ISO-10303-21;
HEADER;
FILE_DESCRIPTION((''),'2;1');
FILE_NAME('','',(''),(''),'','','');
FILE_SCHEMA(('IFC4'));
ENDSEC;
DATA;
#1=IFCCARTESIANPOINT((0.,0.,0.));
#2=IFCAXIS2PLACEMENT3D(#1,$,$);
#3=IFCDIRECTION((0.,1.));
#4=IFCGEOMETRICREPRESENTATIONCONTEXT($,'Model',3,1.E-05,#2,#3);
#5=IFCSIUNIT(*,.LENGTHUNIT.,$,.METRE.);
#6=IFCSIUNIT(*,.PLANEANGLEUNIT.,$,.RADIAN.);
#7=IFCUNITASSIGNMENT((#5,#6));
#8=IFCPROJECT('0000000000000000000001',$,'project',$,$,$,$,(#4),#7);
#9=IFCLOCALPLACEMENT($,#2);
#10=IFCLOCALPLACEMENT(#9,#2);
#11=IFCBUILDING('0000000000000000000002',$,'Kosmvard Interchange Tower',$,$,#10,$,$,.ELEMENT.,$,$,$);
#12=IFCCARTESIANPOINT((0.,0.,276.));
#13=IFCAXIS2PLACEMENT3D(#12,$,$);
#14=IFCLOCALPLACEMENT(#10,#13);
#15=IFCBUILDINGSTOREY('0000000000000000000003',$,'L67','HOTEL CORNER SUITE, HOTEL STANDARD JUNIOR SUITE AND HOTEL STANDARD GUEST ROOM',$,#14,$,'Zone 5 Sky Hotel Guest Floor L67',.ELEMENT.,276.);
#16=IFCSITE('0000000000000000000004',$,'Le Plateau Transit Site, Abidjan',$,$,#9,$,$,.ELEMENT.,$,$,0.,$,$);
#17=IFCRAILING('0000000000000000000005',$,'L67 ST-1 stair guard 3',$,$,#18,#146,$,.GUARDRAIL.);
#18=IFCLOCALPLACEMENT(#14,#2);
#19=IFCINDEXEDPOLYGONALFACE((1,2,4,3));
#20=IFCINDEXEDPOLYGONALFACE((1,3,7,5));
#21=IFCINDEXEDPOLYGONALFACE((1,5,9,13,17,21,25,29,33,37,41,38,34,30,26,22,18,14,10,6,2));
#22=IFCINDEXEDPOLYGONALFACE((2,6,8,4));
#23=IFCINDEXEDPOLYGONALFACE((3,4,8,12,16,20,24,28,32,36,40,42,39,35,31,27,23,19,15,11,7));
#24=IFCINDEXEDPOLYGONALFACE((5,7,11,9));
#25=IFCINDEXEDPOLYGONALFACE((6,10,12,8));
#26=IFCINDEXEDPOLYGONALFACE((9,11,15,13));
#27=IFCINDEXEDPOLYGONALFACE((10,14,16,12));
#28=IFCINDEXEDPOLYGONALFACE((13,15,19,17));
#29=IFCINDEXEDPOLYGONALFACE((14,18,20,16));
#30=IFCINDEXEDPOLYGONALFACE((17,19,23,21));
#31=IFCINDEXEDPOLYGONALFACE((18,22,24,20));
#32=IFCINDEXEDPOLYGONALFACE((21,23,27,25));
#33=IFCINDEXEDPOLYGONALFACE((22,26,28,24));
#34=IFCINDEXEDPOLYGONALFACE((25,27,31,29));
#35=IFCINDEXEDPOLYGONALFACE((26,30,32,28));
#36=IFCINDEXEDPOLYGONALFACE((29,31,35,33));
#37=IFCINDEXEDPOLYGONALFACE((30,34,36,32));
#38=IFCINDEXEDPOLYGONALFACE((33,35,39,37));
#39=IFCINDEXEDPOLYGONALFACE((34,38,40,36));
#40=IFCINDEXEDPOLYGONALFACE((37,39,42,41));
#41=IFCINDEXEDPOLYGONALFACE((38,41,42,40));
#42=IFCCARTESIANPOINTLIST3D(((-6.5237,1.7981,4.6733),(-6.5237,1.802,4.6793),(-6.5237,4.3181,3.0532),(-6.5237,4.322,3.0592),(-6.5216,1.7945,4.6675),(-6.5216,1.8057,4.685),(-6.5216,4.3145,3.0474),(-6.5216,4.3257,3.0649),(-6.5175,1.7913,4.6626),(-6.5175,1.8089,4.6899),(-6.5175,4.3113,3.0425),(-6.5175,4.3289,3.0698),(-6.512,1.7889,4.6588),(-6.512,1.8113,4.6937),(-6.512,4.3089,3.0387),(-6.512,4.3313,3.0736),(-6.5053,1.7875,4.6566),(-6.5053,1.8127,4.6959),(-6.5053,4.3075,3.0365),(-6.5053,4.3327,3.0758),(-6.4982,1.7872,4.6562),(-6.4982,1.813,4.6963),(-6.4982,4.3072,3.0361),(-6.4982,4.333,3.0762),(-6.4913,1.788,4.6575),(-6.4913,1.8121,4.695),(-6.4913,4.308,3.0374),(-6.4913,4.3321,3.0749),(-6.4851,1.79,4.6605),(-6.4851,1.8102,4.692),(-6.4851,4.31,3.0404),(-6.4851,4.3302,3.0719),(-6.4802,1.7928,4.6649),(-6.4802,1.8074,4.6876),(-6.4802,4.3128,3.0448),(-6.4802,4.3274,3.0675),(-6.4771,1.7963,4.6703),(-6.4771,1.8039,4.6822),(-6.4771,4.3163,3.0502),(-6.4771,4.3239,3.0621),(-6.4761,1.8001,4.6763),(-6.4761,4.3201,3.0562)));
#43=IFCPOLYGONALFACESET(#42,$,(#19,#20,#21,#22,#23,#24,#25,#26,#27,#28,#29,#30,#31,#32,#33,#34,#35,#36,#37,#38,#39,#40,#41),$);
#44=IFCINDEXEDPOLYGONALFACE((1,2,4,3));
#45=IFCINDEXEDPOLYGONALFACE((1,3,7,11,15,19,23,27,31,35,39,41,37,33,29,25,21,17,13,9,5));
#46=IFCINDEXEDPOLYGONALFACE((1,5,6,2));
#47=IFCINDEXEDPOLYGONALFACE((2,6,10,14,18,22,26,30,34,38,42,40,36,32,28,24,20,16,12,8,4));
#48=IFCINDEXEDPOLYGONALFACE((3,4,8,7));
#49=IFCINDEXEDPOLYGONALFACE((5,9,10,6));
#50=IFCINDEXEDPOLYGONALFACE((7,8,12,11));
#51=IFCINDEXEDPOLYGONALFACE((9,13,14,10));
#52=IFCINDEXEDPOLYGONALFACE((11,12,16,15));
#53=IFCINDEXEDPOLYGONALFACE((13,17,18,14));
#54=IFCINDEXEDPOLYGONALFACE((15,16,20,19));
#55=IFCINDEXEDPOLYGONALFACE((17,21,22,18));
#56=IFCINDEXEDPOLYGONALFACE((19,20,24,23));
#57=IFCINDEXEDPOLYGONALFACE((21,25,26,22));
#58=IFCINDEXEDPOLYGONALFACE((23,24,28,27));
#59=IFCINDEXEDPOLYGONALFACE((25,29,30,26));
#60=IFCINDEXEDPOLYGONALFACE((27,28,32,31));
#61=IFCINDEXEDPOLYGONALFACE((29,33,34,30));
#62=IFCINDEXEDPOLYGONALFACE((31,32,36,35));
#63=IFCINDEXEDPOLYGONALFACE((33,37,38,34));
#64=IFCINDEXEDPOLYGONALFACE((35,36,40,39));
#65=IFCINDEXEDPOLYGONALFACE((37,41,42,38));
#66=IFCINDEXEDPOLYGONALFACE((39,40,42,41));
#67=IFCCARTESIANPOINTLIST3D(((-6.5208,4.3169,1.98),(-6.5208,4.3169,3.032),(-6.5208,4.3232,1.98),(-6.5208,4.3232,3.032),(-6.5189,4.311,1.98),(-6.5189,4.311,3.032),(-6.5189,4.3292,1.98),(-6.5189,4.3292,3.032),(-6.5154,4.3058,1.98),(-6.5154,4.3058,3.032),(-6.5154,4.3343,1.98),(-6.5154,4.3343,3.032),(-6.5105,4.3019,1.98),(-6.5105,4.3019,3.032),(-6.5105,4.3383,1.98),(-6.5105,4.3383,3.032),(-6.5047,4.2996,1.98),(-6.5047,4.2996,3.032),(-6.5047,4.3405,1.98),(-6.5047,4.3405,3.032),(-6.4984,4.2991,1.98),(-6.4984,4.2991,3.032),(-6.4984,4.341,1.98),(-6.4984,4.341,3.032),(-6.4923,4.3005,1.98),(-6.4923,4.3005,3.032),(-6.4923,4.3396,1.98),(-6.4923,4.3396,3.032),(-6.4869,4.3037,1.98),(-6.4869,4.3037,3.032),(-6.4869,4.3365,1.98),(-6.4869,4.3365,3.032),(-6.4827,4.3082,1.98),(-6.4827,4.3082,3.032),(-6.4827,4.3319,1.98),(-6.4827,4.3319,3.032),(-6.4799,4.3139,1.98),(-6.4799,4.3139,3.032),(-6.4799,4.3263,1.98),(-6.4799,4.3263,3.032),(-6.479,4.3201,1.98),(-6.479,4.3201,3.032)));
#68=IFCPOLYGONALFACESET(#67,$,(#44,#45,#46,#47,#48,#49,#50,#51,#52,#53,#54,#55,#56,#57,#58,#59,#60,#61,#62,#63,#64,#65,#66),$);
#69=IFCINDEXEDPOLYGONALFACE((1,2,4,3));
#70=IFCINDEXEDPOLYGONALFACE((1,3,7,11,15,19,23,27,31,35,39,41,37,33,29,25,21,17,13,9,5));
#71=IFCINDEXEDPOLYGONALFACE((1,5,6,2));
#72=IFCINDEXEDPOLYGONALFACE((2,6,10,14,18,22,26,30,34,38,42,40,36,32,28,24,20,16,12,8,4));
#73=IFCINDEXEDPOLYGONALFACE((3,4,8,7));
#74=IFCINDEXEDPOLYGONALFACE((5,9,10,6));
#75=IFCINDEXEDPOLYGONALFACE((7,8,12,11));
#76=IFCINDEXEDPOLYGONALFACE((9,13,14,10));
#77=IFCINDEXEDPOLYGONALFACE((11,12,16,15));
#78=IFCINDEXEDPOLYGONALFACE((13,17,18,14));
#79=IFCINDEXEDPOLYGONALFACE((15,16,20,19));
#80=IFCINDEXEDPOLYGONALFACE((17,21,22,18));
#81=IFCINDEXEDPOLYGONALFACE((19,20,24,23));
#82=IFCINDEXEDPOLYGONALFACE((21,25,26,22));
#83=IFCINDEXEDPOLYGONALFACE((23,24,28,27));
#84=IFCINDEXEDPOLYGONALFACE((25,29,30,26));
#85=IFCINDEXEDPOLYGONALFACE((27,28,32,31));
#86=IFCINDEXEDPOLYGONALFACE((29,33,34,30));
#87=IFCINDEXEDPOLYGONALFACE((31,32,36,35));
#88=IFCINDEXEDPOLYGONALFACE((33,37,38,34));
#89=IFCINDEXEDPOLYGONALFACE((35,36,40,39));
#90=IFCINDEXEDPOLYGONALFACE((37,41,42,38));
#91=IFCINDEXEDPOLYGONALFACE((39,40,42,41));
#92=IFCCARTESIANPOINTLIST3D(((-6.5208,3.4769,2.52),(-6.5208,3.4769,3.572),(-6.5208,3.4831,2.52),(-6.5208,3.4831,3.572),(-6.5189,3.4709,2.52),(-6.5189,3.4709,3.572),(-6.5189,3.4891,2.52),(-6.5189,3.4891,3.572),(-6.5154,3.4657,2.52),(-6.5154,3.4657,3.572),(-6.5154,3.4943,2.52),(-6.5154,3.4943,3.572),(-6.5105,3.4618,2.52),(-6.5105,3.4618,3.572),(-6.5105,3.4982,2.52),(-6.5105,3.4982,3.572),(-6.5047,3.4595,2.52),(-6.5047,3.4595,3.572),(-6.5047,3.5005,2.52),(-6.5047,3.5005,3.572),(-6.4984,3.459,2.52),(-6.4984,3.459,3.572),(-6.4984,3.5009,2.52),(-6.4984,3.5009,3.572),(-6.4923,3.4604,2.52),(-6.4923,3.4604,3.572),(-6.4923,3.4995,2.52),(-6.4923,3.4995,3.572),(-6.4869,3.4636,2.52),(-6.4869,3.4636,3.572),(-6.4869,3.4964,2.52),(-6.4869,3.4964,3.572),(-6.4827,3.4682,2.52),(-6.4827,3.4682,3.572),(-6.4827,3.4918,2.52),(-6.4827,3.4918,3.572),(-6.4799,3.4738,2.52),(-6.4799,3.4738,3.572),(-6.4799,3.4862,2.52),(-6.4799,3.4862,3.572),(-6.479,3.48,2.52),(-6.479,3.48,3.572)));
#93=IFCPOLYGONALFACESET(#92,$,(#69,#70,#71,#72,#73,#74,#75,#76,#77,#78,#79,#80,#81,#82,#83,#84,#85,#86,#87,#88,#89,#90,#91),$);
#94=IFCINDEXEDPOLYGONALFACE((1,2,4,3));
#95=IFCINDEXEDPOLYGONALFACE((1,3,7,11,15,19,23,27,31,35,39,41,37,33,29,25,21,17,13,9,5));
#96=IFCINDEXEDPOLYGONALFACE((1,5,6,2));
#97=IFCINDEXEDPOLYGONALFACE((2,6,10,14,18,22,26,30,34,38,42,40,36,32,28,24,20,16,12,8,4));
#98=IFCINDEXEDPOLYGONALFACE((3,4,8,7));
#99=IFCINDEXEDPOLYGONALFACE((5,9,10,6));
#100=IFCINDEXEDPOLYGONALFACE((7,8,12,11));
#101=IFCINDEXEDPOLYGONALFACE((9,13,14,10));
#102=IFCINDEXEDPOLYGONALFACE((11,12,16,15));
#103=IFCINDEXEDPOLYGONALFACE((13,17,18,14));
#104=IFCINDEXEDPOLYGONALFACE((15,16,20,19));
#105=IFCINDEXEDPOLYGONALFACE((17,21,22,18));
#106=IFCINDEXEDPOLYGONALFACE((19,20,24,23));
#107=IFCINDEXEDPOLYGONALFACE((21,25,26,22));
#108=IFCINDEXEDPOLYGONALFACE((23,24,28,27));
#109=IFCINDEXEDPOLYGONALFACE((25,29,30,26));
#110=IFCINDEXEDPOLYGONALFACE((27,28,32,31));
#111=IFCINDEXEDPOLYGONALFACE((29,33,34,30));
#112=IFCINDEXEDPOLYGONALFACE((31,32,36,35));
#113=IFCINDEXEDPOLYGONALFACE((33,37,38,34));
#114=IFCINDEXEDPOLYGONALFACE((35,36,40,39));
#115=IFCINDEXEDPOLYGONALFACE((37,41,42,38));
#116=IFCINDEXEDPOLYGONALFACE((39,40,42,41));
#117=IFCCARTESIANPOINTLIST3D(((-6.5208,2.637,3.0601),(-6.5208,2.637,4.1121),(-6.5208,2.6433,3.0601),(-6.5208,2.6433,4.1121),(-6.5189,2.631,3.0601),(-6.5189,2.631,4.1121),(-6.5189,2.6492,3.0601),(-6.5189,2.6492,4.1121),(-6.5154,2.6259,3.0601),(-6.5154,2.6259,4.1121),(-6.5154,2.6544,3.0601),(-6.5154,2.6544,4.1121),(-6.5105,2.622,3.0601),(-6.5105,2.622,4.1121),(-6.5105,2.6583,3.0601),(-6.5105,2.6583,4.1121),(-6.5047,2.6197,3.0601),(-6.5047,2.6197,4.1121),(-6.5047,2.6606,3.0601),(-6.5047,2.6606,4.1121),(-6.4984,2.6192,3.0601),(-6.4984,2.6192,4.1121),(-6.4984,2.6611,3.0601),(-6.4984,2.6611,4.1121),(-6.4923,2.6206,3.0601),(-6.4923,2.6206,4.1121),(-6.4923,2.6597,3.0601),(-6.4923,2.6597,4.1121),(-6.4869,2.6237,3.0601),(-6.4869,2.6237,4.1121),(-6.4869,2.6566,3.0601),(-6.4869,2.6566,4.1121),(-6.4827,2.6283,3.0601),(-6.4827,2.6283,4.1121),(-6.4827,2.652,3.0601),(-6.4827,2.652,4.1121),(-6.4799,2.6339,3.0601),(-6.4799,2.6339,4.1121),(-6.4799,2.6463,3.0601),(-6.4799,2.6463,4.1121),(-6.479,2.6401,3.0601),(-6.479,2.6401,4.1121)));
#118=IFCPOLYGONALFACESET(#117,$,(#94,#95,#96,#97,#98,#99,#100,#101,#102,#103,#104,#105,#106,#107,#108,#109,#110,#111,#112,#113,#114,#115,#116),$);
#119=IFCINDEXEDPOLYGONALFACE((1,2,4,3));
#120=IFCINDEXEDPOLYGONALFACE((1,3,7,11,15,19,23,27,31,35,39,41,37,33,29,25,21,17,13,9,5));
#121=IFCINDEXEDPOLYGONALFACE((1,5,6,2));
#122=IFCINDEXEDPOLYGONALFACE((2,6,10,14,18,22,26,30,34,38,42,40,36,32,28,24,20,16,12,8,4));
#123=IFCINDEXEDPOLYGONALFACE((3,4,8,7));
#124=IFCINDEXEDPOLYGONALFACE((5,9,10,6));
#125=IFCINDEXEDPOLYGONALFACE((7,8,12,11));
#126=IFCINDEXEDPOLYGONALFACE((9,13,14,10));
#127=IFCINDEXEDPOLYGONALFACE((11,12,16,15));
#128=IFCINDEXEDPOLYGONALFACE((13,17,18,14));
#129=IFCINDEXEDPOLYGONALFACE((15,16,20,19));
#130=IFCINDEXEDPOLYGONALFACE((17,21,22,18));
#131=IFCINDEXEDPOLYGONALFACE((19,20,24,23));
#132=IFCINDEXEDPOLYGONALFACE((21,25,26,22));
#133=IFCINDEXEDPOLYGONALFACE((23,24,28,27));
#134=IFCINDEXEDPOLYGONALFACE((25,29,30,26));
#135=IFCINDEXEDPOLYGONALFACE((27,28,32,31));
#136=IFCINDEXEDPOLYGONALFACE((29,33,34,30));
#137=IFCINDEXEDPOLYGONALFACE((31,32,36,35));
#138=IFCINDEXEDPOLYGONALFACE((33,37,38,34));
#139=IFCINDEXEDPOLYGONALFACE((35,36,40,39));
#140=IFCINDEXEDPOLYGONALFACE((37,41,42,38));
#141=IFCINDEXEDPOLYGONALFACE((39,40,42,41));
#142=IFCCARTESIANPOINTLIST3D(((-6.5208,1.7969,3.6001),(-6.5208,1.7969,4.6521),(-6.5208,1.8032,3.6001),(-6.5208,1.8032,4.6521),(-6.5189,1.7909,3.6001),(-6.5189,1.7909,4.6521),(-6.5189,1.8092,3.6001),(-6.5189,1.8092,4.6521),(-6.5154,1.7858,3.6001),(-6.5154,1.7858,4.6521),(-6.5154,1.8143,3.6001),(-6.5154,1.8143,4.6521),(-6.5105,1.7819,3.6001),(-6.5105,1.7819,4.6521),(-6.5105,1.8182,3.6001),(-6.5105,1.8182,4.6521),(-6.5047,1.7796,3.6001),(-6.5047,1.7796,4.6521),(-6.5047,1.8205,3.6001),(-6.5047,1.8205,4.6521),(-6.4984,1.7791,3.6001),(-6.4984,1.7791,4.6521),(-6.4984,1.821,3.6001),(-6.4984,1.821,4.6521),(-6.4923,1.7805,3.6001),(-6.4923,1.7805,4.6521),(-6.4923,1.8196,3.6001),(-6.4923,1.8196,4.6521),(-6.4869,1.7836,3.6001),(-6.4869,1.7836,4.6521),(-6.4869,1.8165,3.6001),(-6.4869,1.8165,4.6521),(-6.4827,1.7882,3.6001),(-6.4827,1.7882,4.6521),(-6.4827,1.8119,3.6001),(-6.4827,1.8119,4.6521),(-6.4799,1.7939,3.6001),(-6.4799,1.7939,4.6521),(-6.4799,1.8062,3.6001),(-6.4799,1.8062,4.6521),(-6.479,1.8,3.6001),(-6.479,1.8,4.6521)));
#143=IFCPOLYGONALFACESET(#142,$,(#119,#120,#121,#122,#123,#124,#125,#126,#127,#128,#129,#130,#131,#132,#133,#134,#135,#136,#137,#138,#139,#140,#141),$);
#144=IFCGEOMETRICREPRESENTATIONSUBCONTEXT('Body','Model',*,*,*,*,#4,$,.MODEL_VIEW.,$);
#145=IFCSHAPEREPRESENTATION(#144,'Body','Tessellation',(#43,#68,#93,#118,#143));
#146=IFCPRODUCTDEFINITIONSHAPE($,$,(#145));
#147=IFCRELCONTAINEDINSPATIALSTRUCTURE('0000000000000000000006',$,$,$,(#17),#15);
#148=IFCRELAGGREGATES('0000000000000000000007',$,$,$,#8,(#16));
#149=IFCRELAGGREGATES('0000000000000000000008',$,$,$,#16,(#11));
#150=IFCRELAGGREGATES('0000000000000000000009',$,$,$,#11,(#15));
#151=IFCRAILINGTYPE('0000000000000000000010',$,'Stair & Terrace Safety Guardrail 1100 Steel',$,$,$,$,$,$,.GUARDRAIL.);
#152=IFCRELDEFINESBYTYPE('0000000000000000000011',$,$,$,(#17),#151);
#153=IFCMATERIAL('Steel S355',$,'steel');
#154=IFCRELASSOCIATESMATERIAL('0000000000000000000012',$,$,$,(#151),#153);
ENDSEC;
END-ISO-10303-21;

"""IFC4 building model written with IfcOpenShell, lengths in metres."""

from ifc_helpers import new_model, si_unit, direction, frame, origin, origin_2d, place, context, subcontext, project, spatial, circle, extrude, source, transform, mapped, material, type_object, element, save


model = new_model("IFC4")

# Units and contexts
model_context = context("Model", 3, precision=1e-05, world=origin(), true_north=direction((0.0, 1.0)))
body_context = subcontext(model_context, "Body", "Model", "MODEL_VIEW")
ifc_project = project(units=[si_unit("LENGTHUNIT", "METRE"), si_unit("PLANEANGLEUNIT", "RADIAN")], contexts=[model_context])

# Site, building, storey
site_placement = place(None, origin())
site = spatial("IfcSite", under=ifc_project, at=site_placement, Name="Le Plateau Transit Site, Abidjan", CompositionType="ELEMENT", RefElevation=0.0)
building_placement = place(site_placement, origin())
building = spatial("IfcBuilding", under=site, at=building_placement, Name="Kosmvard Interchange Tower", CompositionType="ELEMENT")
storey_placement = place(building_placement, frame((0.0, 0.0, 276.0)))
storey = spatial("IfcBuildingStorey", under=building, at=storey_placement, Name="L67", Description="HOTEL CORNER SUITE, HOTEL STANDARD JUNIOR SUITE AND HOTEL STANDARD GUEST ROOM", LongName="Zone 5 Sky Hotel Guest Floor L67", CompositionType="ELEMENT", Elevation=276.0)

# Railing
ifc_material_1 = material(Name="Steel S355", Category="steel")
railing_type_1 = type_object("IfcRailingType", Name="Stair & Terrace Safety Guardrail 1100 Steel", PredefinedType="GUARDRAIL", material=ifc_material_1)
shared_shape_1 = source(origin(), body_context, "Body", "SweptSolid", [
    extrude(circle(Radius=0.0239, at=origin_2d()), frame((0.0, 0.0, 1.0762), z_axis=(0.0, -0.841163, 0.540782), x_axis=(1.0, 0.0, 0.0)), (0.0, 0.0, 1.0), 2.9958),
    extrude(circle(Radius=0.021, at=origin_2d()), origin(), (0.0, 0.0, 1.0), 1.052),
    extrude(circle(Radius=0.021, at=origin_2d()), frame((0.0, -0.8401, 0.54)), (0.0, 0.0, 1.0), 1.052),
    extrude(circle(Radius=0.021, at=origin_2d()), frame((0.0, -1.6799, 1.0801)), (0.0, 0.0, 1.0), 1.052),
    extrude(circle(Radius=0.021, at=origin_2d()), frame((0.0, -2.52, 1.6201)), (0.0, 0.0, 1.0), 1.052),
])
railing_1_placement = place(storey_placement, frame((-6.5, 4.3201, 1.98)))
element("IfcRailing", 1, at=railing_1_placement, inside=storey, type_object=railing_type_1, Name="L67 ST-1 stair guard 3", PredefinedType="GUARDRAIL", context=body_context, shape_type="MappedRepresentation", body=[
    mapped(shared_shape_1, transform((0.0, 0.0, 0.0), scale=1.0)),
])

save(model, "model.ifc")
